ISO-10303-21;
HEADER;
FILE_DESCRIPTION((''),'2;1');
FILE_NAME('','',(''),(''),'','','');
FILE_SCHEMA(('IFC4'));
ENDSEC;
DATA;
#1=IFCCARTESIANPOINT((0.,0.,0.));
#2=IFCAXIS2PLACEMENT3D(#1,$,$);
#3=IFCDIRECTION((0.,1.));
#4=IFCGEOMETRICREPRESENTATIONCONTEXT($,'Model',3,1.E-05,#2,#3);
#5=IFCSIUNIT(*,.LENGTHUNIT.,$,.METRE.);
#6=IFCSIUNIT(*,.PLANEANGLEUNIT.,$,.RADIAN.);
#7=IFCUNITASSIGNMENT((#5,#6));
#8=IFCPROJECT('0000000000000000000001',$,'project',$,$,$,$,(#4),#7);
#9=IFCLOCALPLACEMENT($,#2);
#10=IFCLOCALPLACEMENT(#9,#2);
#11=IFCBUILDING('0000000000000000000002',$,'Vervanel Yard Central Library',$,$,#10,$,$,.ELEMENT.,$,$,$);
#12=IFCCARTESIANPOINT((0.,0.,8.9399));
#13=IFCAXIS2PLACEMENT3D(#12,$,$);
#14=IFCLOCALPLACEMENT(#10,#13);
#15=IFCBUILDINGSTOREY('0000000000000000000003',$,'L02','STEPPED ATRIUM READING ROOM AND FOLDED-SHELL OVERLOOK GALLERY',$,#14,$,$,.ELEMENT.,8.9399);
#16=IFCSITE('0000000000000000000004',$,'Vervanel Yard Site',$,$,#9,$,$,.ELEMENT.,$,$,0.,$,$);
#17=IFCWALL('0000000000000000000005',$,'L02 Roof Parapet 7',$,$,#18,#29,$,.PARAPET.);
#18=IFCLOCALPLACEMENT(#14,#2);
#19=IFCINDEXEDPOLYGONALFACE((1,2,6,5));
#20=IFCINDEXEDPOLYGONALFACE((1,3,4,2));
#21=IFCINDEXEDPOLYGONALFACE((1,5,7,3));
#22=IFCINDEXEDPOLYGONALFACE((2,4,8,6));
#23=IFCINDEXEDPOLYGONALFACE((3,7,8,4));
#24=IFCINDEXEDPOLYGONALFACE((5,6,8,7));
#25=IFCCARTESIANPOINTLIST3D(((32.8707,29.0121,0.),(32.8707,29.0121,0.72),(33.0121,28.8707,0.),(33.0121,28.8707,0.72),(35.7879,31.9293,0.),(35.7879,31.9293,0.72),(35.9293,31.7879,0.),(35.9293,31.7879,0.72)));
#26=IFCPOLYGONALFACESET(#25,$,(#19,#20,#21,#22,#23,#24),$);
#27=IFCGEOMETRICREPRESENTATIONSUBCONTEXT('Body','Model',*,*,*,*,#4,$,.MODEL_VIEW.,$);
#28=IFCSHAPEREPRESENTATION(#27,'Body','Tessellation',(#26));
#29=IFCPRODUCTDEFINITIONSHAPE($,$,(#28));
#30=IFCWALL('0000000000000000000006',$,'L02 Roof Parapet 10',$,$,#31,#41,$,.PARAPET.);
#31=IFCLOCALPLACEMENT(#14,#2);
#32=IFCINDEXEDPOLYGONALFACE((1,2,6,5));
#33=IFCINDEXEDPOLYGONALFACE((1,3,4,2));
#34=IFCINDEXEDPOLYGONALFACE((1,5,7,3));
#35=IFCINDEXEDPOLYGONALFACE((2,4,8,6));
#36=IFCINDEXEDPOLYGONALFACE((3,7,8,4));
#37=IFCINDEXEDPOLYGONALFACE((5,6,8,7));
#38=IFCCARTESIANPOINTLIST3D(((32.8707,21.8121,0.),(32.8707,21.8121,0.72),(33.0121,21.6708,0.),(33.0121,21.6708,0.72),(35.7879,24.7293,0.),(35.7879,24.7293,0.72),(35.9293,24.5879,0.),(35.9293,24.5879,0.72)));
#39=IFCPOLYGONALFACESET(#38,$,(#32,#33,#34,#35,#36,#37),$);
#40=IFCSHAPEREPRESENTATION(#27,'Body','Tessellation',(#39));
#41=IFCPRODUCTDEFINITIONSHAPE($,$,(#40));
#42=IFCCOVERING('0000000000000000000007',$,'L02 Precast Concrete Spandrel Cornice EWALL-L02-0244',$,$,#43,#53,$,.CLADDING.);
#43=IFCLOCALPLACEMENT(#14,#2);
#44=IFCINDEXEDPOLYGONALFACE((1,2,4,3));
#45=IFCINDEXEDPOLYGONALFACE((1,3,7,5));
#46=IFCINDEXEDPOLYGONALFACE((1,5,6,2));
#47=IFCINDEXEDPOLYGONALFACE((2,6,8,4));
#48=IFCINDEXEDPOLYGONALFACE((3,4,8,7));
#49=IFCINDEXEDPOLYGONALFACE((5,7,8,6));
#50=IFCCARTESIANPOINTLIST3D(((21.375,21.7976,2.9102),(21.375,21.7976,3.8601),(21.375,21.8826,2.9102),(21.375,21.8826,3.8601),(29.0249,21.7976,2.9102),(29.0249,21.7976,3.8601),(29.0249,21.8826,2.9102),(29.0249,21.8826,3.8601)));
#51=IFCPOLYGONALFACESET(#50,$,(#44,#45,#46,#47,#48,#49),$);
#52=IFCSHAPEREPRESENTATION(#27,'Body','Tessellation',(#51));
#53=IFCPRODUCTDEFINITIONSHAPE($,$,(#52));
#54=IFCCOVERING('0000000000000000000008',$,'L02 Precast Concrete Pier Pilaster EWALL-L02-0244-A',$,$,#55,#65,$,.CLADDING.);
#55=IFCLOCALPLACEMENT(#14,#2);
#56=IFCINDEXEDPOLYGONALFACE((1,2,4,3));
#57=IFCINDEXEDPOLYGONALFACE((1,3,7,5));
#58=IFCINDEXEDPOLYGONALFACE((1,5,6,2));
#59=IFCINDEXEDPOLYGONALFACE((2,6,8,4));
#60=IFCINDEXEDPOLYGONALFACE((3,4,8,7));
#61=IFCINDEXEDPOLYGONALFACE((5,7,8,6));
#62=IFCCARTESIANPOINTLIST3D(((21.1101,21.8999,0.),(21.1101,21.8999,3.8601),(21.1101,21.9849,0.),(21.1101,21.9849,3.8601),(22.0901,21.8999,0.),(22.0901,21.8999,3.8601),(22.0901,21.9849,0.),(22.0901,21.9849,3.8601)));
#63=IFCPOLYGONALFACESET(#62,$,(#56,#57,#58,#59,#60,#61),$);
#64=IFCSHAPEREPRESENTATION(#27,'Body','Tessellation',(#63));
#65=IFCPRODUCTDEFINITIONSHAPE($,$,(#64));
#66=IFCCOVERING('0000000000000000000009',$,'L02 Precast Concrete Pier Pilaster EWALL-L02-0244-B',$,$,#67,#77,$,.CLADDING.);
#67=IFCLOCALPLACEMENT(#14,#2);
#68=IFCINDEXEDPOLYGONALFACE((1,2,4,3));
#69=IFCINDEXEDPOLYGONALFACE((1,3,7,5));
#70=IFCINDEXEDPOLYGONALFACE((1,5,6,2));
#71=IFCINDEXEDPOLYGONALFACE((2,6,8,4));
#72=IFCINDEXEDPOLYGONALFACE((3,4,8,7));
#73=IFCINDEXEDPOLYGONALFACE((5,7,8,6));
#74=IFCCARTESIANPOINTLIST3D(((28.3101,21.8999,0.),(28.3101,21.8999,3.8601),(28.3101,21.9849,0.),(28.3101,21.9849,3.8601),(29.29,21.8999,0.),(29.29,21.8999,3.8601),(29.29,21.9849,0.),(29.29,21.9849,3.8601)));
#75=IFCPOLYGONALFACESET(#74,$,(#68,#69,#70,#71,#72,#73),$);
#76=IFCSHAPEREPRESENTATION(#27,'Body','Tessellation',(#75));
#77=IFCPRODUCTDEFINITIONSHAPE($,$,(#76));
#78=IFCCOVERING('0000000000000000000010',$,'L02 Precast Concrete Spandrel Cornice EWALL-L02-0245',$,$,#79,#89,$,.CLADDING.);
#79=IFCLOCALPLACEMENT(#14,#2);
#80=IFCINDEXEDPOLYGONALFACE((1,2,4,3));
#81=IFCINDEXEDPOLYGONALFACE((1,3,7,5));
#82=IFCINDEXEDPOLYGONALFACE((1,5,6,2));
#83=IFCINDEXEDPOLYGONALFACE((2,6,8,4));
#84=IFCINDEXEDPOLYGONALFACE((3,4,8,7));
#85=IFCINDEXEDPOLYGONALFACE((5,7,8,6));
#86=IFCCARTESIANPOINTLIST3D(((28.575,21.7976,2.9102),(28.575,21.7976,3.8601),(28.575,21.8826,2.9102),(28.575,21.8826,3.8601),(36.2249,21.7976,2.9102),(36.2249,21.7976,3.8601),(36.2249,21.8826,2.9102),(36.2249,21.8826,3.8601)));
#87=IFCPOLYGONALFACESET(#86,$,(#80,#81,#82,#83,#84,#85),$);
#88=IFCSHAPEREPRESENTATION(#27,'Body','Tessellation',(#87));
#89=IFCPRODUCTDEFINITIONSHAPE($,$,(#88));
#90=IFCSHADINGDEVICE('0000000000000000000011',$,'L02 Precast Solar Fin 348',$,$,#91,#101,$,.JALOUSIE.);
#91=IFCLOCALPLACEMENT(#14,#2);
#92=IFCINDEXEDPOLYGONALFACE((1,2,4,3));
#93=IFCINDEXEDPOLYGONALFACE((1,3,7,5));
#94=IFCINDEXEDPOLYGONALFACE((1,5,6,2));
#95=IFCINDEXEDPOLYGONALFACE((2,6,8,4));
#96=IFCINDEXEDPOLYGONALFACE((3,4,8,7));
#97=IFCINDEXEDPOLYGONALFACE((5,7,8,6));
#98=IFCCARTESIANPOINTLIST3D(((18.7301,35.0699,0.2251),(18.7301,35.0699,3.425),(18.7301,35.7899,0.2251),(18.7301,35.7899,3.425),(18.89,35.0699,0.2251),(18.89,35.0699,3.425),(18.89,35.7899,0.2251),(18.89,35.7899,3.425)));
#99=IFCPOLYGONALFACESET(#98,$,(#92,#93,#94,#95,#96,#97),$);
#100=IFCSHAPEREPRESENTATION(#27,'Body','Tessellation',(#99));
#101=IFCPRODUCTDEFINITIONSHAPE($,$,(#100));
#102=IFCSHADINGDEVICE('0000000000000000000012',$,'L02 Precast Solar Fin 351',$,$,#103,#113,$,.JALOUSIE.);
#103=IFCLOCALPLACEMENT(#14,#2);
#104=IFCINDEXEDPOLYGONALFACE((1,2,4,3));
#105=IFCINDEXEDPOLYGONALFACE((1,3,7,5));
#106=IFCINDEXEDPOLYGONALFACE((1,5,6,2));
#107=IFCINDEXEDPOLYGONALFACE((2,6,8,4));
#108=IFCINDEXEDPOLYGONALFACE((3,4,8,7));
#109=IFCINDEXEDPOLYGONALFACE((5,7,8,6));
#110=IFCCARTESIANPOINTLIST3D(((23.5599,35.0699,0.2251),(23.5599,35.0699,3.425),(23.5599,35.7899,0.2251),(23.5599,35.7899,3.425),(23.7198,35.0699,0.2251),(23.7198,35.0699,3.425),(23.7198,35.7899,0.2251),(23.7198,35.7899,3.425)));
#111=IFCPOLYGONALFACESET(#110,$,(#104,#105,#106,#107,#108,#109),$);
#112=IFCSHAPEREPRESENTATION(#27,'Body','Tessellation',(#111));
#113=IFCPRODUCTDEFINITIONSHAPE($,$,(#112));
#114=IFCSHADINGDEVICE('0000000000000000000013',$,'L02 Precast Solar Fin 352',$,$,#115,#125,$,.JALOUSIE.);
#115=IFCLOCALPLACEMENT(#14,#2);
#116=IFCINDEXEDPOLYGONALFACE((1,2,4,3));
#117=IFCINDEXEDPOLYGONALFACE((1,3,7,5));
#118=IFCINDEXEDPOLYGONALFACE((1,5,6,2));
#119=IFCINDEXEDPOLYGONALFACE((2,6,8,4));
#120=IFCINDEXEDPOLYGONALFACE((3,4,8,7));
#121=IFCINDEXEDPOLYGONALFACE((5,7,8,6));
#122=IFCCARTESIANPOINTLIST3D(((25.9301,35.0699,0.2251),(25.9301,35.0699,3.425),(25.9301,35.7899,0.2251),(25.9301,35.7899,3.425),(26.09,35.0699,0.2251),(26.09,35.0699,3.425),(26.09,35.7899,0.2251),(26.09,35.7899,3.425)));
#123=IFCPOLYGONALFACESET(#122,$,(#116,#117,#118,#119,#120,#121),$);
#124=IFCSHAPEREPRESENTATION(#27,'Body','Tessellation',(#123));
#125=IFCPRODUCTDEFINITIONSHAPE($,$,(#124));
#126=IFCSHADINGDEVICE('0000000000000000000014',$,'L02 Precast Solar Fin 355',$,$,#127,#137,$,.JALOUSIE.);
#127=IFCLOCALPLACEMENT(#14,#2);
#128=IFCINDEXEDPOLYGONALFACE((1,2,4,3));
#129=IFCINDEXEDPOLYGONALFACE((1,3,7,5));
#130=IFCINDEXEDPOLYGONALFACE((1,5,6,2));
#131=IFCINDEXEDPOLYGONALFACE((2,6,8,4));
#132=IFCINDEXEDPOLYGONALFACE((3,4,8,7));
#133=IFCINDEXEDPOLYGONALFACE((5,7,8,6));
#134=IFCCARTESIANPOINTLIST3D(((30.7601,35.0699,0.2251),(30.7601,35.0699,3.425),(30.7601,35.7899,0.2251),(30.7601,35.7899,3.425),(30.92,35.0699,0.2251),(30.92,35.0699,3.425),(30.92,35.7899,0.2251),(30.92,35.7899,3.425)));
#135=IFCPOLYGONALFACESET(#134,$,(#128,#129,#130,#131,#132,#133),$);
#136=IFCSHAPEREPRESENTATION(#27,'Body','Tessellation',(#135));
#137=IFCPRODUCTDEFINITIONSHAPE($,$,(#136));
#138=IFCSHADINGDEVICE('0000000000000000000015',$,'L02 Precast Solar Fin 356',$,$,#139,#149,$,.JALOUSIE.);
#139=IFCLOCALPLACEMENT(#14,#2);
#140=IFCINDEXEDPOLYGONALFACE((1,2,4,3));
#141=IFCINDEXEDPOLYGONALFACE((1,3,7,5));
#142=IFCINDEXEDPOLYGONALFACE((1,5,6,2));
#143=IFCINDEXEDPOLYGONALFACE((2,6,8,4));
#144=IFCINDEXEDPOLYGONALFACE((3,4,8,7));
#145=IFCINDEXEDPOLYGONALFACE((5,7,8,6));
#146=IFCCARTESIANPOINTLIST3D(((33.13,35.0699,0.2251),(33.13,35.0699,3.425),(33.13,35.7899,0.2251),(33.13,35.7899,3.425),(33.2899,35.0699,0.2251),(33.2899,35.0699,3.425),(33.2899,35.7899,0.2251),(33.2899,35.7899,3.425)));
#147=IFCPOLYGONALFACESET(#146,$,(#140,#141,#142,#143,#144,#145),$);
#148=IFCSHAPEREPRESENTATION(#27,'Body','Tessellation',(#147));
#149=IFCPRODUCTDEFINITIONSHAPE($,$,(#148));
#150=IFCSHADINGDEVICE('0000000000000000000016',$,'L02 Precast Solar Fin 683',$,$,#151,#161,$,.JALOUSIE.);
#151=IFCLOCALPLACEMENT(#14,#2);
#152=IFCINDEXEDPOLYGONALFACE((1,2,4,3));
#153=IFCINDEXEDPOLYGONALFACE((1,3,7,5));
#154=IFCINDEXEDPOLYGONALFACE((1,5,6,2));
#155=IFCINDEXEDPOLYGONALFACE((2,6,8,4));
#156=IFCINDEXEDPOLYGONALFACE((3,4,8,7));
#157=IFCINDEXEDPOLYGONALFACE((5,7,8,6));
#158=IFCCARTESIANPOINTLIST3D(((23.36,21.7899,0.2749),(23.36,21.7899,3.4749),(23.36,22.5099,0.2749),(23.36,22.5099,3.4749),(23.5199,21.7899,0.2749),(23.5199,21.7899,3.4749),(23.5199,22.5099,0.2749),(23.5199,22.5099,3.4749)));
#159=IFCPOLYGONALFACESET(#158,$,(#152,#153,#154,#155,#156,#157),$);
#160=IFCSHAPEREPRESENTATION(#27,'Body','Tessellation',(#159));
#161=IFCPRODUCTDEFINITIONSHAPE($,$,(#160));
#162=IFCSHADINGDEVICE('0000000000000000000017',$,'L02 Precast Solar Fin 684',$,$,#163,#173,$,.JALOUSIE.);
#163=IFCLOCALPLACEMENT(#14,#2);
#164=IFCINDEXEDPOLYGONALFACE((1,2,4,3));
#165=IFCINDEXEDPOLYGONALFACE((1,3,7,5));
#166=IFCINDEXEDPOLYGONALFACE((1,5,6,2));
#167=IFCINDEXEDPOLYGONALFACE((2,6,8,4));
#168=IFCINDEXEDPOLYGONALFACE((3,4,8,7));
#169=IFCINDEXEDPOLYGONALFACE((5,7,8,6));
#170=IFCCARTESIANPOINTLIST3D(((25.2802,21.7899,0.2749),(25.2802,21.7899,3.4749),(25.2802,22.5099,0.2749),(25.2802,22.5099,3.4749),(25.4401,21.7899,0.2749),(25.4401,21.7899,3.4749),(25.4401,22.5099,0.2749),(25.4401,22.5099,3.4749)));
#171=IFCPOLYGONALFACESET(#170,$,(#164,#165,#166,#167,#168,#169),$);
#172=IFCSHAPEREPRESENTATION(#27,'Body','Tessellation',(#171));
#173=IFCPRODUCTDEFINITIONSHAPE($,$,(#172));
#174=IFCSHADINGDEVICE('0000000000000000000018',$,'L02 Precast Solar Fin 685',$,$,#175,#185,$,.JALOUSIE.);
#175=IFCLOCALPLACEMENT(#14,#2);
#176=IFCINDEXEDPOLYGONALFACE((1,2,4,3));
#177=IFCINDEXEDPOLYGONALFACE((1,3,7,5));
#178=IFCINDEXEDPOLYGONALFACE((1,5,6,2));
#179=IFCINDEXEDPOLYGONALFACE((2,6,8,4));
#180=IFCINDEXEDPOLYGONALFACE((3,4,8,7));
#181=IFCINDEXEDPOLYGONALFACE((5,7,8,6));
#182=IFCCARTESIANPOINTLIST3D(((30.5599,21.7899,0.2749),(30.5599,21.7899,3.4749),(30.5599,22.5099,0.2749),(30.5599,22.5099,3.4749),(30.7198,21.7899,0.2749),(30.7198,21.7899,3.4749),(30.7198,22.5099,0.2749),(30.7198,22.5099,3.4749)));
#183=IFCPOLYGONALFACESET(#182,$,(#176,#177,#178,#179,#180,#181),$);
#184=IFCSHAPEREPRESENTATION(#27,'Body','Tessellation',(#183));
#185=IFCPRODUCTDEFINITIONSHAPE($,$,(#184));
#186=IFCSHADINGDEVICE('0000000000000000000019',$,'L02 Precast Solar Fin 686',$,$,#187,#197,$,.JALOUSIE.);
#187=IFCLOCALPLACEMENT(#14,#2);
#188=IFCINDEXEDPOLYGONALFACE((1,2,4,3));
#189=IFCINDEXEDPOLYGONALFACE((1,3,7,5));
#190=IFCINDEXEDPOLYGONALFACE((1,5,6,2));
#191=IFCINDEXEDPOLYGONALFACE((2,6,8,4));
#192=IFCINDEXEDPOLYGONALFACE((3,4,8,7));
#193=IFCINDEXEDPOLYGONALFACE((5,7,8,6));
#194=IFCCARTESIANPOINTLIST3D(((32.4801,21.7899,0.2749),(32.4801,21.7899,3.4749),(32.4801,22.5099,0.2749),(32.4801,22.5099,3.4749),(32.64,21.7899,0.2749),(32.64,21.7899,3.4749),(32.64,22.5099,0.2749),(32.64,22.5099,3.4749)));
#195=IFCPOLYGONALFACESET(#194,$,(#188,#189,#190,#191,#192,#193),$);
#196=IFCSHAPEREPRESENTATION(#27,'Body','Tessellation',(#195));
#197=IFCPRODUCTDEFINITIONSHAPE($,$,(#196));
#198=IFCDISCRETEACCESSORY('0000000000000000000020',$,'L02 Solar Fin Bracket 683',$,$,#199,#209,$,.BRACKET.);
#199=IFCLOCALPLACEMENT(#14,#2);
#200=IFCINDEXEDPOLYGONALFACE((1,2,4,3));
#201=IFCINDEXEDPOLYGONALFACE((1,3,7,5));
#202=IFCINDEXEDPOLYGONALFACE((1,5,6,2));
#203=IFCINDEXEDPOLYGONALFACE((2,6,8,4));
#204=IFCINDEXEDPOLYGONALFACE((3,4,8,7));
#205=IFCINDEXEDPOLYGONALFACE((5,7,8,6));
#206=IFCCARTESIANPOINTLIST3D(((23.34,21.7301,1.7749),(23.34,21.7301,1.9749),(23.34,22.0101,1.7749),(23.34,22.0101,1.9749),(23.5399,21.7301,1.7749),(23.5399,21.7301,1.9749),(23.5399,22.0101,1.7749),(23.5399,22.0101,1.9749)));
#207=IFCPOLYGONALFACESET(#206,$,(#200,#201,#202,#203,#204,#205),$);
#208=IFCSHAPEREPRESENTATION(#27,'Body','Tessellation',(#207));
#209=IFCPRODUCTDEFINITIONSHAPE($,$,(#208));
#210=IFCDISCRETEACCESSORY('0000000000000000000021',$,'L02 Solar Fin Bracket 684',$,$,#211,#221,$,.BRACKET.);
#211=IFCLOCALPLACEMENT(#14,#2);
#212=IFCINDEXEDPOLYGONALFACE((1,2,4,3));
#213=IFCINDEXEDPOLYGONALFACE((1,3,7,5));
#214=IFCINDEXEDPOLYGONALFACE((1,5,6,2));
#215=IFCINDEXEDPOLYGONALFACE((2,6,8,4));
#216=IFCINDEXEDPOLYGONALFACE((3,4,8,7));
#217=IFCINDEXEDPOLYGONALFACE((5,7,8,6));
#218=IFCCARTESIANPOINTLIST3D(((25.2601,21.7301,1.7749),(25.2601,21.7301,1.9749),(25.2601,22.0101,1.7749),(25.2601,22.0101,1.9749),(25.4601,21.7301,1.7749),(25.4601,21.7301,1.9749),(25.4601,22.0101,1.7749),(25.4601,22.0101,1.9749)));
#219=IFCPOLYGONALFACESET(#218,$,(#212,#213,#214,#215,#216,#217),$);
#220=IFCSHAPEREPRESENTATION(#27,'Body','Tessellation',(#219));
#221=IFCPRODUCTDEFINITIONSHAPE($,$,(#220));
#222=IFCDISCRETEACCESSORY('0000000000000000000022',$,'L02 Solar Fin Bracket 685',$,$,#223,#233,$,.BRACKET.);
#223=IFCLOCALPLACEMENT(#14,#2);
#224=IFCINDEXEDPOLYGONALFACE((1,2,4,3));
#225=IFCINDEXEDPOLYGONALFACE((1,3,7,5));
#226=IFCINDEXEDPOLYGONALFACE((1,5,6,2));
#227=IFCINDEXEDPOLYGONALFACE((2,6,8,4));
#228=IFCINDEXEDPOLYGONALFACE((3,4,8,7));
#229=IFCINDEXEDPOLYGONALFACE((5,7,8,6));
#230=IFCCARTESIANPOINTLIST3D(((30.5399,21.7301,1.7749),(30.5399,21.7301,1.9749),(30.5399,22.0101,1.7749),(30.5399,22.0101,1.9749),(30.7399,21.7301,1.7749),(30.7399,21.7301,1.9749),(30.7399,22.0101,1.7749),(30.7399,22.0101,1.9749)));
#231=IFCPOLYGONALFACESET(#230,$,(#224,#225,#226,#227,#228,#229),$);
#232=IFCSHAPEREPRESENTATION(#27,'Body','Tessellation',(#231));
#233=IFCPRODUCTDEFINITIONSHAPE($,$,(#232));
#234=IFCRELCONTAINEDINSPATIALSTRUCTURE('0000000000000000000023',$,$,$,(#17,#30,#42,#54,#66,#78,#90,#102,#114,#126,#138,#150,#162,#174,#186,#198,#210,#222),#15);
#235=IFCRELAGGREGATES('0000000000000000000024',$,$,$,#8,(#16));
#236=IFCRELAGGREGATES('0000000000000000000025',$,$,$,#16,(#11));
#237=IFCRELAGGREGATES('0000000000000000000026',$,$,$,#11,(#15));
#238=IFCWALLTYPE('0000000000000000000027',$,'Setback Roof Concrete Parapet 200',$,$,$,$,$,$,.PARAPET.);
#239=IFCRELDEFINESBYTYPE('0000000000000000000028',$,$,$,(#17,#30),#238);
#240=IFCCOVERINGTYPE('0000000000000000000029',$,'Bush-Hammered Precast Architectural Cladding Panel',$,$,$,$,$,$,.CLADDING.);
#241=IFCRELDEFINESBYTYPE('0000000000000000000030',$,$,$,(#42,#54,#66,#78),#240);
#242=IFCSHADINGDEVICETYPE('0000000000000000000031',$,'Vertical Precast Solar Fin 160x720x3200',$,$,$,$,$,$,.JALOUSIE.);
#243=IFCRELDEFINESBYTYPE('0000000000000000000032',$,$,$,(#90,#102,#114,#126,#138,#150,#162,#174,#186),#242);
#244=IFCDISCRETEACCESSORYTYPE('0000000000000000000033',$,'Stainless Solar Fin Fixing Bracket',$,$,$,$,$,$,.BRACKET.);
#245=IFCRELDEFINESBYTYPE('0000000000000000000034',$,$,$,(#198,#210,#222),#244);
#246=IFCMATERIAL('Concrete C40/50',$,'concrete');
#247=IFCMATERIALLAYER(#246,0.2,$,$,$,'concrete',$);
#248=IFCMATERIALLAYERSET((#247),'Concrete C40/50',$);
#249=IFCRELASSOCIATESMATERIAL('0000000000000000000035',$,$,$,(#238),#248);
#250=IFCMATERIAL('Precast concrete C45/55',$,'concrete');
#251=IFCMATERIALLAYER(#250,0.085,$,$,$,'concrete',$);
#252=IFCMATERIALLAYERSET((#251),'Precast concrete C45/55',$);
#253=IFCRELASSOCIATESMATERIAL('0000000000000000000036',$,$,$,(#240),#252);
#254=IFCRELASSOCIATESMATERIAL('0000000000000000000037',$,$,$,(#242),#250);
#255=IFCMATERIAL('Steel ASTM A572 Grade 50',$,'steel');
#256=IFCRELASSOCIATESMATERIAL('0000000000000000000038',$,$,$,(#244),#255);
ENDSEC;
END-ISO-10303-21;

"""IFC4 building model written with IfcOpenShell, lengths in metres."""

from ifc_helpers import new_model, si_unit, direction, frame, frame_2d, origin, origin_2d, place, context, subcontext, project, spatial, rectangle, extrude, material, layer, layer_set, type_object, element, save


model = new_model("IFC4")

# Units and contexts
model_context = context("Model", 3, precision=1e-05, world=origin(), true_north=direction((0.0, 1.0)))
body_context = subcontext(model_context, "Body", "Model", "MODEL_VIEW")
ifc_project = project(units=[si_unit("LENGTHUNIT", "METRE"), si_unit("PLANEANGLEUNIT", "RADIAN")], contexts=[model_context])

# Site, building, storey
site_placement = place(None, origin())
site = spatial("IfcSite", under=ifc_project, at=site_placement, Name="Vervanel Yard Site", CompositionType="ELEMENT", RefElevation=0.0)
building_placement = place(site_placement, origin())
building = spatial("IfcBuilding", under=site, at=building_placement, Name="Vervanel Yard Central Library", CompositionType="ELEMENT")
storey_placement = place(building_placement, frame((0.0, 0.0, 8.9399)))
storey = spatial("IfcBuildingStorey", under=building, at=storey_placement, Name="L02", Description="STEPPED ATRIUM READING ROOM AND FOLDED-SHELL OVERLOOK GALLERY", CompositionType="ELEMENT", Elevation=8.9399)

# Shared definitions
ifc_material_1 = material(Name="Concrete C40/50", Category="concrete")

# Walls
ifc_layer_1 = layer(ifc_material_1, 0.2, Category="concrete")
ifc_layer_set_1 = layer_set([ifc_layer_1], Name="Concrete C40/50")
wall_type = type_object("IfcWallType", Name="Setback Roof Concrete Parapet 200", PredefinedType="PARAPET", material=ifc_layer_set_1)
for number, where, z_axis, x_axis, name in (
    (1, (32.9414, 28.9414, 0.0), (0.0, 0.0, 1.0), (0.707107, 0.707107, 0.0), "L02 Roof Parapet 7"),
    (2, (32.9414, 21.7415, 0.0), (0.0, 0.0, 1.0), (0.707107, 0.707107, 0.0), "L02 Roof Parapet 10"),
):
    element("IfcWall", number, at=place(storey_placement, frame(where, z_axis=z_axis, x_axis=x_axis)), inside=storey, type_object=wall_type, Name=name, PredefinedType="PARAPET", context=body_context, shape_type="SweptSolid", body=[
        extrude(rectangle(XDim=4.1255, YDim=0.2, at=frame_2d((2.0627, 0.0))), origin(), (0.0, 0.0, 1.0), 0.72),
    ])

# Coverings
ifc_material_2 = material(Name="Precast concrete C45/55", Category="concrete")
ifc_layer_2 = layer(ifc_material_2, 0.085, Category="concrete")
ifc_layer_set_2 = layer_set([ifc_layer_2], Name="Precast concrete C45/55")
covering_type = type_object("IfcCoveringType", Name="Bush-Hammered Precast Architectural Cladding Panel", PredefinedType="CLADDING", material=ifc_layer_set_2)
covering_1_placement = place(storey_placement, frame((25.2, 21.8401, 2.9102), z_axis=(0.0, 0.0, 1.0), x_axis=(1.0, 0.0, 0.0)))
element("IfcCovering", 3, at=covering_1_placement, inside=storey, type_object=covering_type, Name="L02 Precast Concrete Spandrel Cornice EWALL-L02-0244", PredefinedType="CLADDING", context=body_context, shape_type="SweptSolid", body=[
    extrude(rectangle(XDim=7.6499, YDim=0.085, at=origin_2d()), origin(), (0.0, 0.0, 1.0), 0.95),
])
for number, where, z_axis, x_axis, name in (
    (4, (21.6001, 21.9424, 0.0), (0.0, 0.0, 1.0), (1.0, 0.0, 0.0), "L02 Precast Concrete Pier Pilaster EWALL-L02-0244-A"),
    (5, (28.8, 21.9424, 0.0), (0.0, 0.0, 1.0), (1.0, 0.0, 0.0), "L02 Precast Concrete Pier Pilaster EWALL-L02-0244-B"),
):
    element("IfcCovering", number, at=place(storey_placement, frame(where, z_axis=z_axis, x_axis=x_axis)), inside=storey, type_object=covering_type, Name=name, PredefinedType="CLADDING", context=body_context, shape_type="SweptSolid", body=[
        extrude(rectangle(XDim=0.98, YDim=0.085, at=origin_2d()), origin(), (0.0, 0.0, 1.0), 3.8601),
    ])
covering_2_placement = place(storey_placement, frame((32.3999, 21.8401, 2.9102), z_axis=(0.0, 0.0, 1.0), x_axis=(1.0, 0.0, 0.0)))
element("IfcCovering", 6, at=covering_2_placement, inside=storey, type_object=covering_type, Name="L02 Precast Concrete Spandrel Cornice EWALL-L02-0245", PredefinedType="CLADDING", context=body_context, shape_type="SweptSolid", body=[
    extrude(rectangle(XDim=7.6499, YDim=0.085, at=origin_2d()), origin(), (0.0, 0.0, 1.0), 0.95),
])

# Shading devices
shading_device_type = type_object("IfcShadingDeviceType", Name="Vertical Precast Solar Fin 160x720x3200", PredefinedType="JALOUSIE", material=ifc_material_2)
for number, where, z_axis, x_axis, name in (
    (7, (18.8101, 35.4299, 0.2251), (0.0, 0.0, 1.0), (1.0, 0.0, 0.0), "L02 Precast Solar Fin 348"),
    (8, (23.6399, 35.4299, 0.2251), (0.0, 0.0, 1.0), (1.0, 0.0, 0.0), "L02 Precast Solar Fin 351"),
    (9, (26.01, 35.4299, 0.2251), (0.0, 0.0, 1.0), (1.0, 0.0, 0.0), "L02 Precast Solar Fin 352"),
    (10, (30.8401, 35.4299, 0.2251), (0.0, 0.0, 1.0), (1.0, 0.0, 0.0), "L02 Precast Solar Fin 355"),
    (11, (33.21, 35.4299, 0.2251), (0.0, 0.0, 1.0), (1.0, 0.0, 0.0), "L02 Precast Solar Fin 356"),
    (12, (23.4399, 22.1499, 0.2749), (0.0, 0.0, 1.0), (1.0, 0.0, 0.0), "L02 Precast Solar Fin 683"),
    (13, (25.3601, 22.1499, 0.2749), (0.0, 0.0, 1.0), (1.0, 0.0, 0.0), "L02 Precast Solar Fin 684"),
    (14, (30.6399, 22.1499, 0.2749), (0.0, 0.0, 1.0), (1.0, 0.0, 0.0), "L02 Precast Solar Fin 685"),
    (15, (32.5601, 22.1499, 0.2749), (0.0, 0.0, 1.0), (1.0, 0.0, 0.0), "L02 Precast Solar Fin 686"),
):
    element("IfcShadingDevice", number, at=place(storey_placement, frame(where, z_axis=z_axis, x_axis=x_axis)), inside=storey, type_object=shading_device_type, Name=name, PredefinedType="JALOUSIE", context=body_context, shape_type="SweptSolid", body=[
        extrude(rectangle(XDim=0.1599, YDim=0.72, at=origin_2d()), origin(), (0.0, 0.0, 1.0), 3.2),
    ])

# Discrete accessories
ifc_material_3 = material(Name="Steel ASTM A572 Grade 50", Category="steel")
discrete_accessory_type = type_object("IfcDiscreteAccessoryType", Name="Stainless Solar Fin Fixing Bracket", PredefinedType="BRACKET", material=ifc_material_3)
for number, where, z_axis, x_axis, name in (
    (16, (23.4399, 21.8701, 1.7749), (0.0, 0.0, 1.0), (1.0, 0.0, 0.0), "L02 Solar Fin Bracket 683"),
    (17, (25.3601, 21.8701, 1.7749), (0.0, 0.0, 1.0), (1.0, 0.0, 0.0), "L02 Solar Fin Bracket 684"),
    (18, (30.6399, 21.8701, 1.7749), (0.0, 0.0, 1.0), (1.0, 0.0, 0.0), "L02 Solar Fin Bracket 685"),
):
    element("IfcDiscreteAccessory", number, at=place(storey_placement, frame(where, z_axis=z_axis, x_axis=x_axis)), inside=storey, type_object=discrete_accessory_type, Name=name, PredefinedType="BRACKET", context=body_context, shape_type="SweptSolid", body=[
        extrude(rectangle(XDim=0.2, YDim=0.28, at=origin_2d()), origin(), (0.0, 0.0, 1.0), 0.2),
    ])

save(model, "model.ifc")
